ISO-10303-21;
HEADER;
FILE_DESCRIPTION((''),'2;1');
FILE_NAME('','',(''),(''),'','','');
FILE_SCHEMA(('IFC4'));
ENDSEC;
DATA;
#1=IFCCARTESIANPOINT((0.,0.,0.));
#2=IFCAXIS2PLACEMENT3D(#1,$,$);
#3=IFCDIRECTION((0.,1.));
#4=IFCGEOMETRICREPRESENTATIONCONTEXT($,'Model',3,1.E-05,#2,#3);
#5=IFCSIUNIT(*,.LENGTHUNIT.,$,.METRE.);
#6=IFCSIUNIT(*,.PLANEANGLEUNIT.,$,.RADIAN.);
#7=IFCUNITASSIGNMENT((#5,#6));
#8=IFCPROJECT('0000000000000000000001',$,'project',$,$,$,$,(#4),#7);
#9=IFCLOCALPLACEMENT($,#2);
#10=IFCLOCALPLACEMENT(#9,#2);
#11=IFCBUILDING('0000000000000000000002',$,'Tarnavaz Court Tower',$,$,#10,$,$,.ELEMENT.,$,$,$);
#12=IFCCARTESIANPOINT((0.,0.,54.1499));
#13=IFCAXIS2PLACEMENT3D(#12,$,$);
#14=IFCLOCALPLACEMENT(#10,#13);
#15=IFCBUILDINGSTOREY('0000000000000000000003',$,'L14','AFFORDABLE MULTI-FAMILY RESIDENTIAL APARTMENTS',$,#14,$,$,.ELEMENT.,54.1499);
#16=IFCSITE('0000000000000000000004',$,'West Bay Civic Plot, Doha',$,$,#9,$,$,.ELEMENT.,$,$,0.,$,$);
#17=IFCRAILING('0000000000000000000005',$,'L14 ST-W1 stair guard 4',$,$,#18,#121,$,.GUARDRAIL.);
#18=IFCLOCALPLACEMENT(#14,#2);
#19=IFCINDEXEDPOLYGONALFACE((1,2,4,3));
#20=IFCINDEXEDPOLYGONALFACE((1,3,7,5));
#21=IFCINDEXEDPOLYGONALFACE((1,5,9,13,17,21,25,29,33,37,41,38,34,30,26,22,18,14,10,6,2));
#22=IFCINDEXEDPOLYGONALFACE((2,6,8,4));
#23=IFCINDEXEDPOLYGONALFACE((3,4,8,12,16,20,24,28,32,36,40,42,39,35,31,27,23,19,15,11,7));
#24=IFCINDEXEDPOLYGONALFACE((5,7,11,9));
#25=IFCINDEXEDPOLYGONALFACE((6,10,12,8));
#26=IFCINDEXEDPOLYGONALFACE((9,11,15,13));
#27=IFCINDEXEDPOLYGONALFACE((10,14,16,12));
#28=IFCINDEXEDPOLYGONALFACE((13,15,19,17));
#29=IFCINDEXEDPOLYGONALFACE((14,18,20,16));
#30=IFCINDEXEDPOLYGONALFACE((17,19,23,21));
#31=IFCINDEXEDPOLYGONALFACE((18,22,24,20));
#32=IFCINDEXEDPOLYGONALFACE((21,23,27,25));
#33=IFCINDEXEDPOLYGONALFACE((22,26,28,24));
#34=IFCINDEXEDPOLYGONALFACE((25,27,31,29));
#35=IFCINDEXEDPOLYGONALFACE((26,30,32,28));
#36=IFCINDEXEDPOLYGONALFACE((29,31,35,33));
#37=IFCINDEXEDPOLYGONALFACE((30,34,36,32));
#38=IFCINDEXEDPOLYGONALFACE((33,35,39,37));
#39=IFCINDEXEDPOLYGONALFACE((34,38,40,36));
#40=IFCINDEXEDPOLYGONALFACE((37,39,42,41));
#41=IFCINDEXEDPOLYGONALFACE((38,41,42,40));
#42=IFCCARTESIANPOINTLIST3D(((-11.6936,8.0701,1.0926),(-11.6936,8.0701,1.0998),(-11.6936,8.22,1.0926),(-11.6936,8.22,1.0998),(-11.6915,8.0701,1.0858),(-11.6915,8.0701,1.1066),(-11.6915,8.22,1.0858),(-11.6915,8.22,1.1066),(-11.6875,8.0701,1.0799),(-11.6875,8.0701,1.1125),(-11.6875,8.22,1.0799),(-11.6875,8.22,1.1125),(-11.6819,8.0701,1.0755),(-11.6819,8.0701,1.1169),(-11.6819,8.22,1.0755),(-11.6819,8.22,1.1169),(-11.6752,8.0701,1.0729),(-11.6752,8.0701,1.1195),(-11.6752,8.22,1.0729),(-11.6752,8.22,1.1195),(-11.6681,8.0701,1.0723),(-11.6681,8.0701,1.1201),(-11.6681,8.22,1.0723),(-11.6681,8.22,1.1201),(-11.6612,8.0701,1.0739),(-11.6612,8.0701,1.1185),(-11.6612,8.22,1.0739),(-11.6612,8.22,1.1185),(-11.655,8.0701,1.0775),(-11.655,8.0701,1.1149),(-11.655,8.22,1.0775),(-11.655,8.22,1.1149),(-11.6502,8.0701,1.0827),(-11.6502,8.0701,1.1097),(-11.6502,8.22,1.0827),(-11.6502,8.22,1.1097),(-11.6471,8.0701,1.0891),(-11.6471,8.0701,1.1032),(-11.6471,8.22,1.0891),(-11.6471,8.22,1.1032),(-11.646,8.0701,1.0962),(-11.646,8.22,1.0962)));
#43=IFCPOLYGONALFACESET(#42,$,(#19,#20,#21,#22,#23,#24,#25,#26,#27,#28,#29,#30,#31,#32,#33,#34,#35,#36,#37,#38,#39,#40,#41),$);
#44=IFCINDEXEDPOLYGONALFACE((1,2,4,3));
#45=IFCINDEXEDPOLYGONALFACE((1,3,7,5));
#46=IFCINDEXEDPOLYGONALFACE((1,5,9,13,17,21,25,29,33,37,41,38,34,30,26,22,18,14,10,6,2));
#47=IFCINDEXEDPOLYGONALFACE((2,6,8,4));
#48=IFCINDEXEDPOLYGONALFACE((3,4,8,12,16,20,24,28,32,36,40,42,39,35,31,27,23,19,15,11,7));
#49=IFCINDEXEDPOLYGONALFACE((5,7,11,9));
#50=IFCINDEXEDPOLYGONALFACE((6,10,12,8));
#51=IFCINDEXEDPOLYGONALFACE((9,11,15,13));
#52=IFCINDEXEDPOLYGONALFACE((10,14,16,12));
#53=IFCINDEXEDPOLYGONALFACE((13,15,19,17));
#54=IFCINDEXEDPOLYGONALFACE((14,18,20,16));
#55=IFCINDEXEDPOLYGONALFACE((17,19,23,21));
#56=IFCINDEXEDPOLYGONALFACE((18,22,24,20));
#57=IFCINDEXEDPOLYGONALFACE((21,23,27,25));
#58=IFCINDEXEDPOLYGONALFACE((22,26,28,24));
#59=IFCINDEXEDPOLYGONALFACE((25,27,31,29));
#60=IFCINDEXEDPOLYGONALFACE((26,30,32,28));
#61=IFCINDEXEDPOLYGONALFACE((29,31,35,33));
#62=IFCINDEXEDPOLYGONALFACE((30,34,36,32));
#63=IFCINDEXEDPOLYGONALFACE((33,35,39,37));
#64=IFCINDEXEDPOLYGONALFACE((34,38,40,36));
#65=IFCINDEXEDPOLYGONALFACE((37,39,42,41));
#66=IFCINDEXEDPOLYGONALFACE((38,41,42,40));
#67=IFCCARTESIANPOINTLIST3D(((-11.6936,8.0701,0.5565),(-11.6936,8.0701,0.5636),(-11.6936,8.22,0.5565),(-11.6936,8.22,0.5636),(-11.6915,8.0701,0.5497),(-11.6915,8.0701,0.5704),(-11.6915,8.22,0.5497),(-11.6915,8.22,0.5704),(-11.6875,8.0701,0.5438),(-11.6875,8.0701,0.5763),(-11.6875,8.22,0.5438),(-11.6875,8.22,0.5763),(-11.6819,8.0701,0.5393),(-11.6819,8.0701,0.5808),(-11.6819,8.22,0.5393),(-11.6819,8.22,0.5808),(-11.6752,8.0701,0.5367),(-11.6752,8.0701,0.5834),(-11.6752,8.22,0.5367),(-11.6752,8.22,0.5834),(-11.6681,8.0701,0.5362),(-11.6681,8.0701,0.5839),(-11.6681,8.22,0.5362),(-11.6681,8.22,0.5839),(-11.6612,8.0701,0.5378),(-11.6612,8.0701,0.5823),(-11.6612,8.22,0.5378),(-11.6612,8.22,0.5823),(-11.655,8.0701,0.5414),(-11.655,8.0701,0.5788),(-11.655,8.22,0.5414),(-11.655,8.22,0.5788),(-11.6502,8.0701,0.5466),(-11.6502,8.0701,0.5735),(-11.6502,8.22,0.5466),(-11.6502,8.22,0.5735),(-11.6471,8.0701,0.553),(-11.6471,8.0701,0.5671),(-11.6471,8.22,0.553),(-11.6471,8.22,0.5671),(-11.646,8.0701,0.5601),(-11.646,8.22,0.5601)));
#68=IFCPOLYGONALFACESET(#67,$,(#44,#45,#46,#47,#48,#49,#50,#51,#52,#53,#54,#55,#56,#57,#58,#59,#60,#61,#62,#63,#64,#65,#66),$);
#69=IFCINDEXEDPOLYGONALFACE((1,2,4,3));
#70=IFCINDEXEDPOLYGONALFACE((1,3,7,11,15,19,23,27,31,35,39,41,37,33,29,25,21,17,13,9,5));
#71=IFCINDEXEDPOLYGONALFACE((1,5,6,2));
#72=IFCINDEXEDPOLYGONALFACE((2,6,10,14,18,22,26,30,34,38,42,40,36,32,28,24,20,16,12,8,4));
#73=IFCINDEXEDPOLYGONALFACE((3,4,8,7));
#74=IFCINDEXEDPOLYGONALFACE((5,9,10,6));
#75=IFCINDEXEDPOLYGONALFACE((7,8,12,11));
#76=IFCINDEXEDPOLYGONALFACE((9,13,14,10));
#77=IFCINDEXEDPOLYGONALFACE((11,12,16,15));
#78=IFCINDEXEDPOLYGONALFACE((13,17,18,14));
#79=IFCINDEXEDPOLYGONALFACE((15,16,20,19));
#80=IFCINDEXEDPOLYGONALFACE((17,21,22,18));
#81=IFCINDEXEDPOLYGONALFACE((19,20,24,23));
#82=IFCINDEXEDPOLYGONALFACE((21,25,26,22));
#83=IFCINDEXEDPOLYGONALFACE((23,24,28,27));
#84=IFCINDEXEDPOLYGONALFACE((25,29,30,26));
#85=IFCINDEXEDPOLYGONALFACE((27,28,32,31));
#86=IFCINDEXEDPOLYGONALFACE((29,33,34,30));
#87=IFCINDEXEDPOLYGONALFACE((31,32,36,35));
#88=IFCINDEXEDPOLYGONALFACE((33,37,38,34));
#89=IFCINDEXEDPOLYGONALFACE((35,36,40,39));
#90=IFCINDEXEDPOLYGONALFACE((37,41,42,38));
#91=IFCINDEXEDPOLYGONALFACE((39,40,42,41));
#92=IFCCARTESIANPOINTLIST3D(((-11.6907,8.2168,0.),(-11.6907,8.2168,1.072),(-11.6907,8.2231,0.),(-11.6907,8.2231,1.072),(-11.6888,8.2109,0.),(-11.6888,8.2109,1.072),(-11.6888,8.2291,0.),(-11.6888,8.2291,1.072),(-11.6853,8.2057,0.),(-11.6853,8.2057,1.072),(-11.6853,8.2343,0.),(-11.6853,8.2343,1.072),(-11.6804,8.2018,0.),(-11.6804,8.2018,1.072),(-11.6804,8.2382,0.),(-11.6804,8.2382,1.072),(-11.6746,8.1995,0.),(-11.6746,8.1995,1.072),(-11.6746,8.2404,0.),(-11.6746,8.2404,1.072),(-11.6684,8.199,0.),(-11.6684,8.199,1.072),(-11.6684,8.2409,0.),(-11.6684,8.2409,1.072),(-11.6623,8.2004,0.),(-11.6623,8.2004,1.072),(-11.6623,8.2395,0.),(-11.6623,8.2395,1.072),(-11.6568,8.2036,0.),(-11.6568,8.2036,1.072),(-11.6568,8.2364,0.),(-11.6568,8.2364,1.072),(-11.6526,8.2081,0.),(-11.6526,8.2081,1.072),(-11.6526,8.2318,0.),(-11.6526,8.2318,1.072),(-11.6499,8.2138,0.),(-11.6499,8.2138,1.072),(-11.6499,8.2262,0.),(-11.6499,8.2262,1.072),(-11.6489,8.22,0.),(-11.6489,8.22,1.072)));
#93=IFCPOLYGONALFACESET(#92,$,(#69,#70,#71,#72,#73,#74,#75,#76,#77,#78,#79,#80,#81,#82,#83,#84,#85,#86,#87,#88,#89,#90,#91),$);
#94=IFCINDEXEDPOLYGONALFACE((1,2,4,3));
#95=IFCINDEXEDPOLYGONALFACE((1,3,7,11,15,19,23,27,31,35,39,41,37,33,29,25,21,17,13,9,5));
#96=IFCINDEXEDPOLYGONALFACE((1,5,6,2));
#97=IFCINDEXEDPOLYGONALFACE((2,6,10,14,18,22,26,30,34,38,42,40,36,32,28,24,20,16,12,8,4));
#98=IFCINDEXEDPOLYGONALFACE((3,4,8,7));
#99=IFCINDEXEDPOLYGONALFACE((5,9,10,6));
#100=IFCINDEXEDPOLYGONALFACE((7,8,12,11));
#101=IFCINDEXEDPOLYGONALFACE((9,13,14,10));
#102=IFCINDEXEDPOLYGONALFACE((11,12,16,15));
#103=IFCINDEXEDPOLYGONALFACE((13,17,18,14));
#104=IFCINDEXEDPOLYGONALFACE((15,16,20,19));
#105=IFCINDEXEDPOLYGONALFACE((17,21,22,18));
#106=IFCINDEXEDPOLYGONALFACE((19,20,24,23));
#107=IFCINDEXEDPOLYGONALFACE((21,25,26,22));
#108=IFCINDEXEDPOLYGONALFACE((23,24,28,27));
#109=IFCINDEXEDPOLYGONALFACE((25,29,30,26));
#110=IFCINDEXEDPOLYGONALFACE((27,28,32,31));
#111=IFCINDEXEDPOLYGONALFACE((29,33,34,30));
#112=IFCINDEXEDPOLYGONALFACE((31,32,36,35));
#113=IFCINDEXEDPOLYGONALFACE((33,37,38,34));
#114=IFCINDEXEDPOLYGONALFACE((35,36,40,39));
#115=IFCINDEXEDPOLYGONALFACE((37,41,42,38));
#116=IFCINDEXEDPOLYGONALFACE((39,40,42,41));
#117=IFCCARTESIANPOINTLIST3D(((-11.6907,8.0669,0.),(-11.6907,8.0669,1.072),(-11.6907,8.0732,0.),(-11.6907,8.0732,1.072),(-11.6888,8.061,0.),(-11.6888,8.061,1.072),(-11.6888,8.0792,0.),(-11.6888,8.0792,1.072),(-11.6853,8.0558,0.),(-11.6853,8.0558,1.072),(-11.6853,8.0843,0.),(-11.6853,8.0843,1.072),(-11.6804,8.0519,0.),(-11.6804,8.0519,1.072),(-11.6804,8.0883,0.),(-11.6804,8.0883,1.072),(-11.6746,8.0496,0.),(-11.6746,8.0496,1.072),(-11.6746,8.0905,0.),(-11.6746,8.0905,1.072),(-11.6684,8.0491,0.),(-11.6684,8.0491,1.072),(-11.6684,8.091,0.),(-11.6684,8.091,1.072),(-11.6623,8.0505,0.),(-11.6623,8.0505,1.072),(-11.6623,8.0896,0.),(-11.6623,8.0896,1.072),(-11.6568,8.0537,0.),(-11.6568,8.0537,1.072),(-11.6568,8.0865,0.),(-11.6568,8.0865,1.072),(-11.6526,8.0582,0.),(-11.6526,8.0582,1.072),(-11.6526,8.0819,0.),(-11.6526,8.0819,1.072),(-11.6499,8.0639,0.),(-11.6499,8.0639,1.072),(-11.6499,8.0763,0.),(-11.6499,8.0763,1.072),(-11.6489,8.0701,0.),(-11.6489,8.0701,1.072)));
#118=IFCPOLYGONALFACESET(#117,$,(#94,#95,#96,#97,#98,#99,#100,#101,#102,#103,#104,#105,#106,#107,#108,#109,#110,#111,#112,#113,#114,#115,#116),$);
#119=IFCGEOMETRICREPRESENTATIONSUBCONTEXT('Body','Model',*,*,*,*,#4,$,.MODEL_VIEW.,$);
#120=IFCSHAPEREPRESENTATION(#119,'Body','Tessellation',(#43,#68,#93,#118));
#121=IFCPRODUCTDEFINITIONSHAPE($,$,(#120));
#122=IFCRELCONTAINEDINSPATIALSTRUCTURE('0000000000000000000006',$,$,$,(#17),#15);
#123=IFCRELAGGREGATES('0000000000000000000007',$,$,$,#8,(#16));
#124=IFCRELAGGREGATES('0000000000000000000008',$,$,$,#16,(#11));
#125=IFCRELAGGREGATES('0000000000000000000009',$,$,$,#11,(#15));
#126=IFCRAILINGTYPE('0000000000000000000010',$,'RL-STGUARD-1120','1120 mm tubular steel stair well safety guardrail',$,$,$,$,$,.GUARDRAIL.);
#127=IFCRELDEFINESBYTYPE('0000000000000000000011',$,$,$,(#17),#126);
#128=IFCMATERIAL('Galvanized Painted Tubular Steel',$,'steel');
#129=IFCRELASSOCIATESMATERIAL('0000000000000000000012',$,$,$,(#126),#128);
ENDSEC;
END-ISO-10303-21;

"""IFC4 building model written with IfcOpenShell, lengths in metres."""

from ifc_helpers import new_model, si_unit, direction, frame, origin, origin_2d, place, context, subcontext, project, spatial, circle, extrude, material, type_object, element, save


model = new_model("IFC4")

# Units and contexts
model_context = context("Model", 3, precision=1e-05, world=origin(), true_north=direction((0.0, 1.0)))
body_context = subcontext(model_context, "Body", "Model", "MODEL_VIEW")
ifc_project = project(units=[si_unit("LENGTHUNIT", "METRE"), si_unit("PLANEANGLEUNIT", "RADIAN")], contexts=[model_context])

# Site, building, storey
site_placement = place(None, origin())
site = spatial("IfcSite", under=ifc_project, at=site_placement, Name="West Bay Civic Plot, Doha", CompositionType="ELEMENT", RefElevation=0.0)
building_placement = place(site_placement, origin())
building = spatial("IfcBuilding", under=site, at=building_placement, Name="Tarnavaz Court Tower", CompositionType="ELEMENT")
storey_placement = place(building_placement, frame((0.0, 0.0, 54.1499)))
storey = spatial("IfcBuildingStorey", under=building, at=storey_placement, Name="L14", Description="AFFORDABLE MULTI-FAMILY RESIDENTIAL APARTMENTS", CompositionType="ELEMENT", Elevation=54.1499)

# Railing
ifc_material_1 = material(Name="Galvanized Painted Tubular Steel", Category="steel")
railing_type_1 = type_object("IfcRailingType", Name="RL-STGUARD-1120", Description="1120 mm tubular steel stair well safety guardrail", PredefinedType="GUARDRAIL", material=ifc_material_1)
railing_1_placement = place(storey_placement, frame((-11.6699, 8.22, 0.0)))
element("IfcRailing", 1, at=railing_1_placement, inside=storey, type_object=railing_type_1, Name="L14 ST-W1 stair guard 4", PredefinedType="GUARDRAIL", context=body_context, shape_type="SweptSolid", body=[
    extrude(circle(Radius=0.0239, at=origin_2d()), frame((0.0, 0.0, 1.0962), z_axis=(0.0, -1.0, 0.0), x_axis=(1.0, 0.0, 0.0)), (0.0, 0.0, 1.0), 0.1499),
    extrude(circle(Radius=0.0239, at=origin_2d()), frame((0.0, 0.0, 0.5601), z_axis=(0.0, -1.0, 0.0), x_axis=(1.0, 0.0, 0.0)), (0.0, 0.0, 1.0), 0.1499),
    extrude(circle(Radius=0.021, at=origin_2d()), origin(), (0.0, 0.0, 1.0), 1.072),
    extrude(circle(Radius=0.021, at=origin_2d()), frame((0.0, -0.1499, 0.0)), (0.0, 0.0, 1.0), 1.072),
])

save(model, "model.ifc")
